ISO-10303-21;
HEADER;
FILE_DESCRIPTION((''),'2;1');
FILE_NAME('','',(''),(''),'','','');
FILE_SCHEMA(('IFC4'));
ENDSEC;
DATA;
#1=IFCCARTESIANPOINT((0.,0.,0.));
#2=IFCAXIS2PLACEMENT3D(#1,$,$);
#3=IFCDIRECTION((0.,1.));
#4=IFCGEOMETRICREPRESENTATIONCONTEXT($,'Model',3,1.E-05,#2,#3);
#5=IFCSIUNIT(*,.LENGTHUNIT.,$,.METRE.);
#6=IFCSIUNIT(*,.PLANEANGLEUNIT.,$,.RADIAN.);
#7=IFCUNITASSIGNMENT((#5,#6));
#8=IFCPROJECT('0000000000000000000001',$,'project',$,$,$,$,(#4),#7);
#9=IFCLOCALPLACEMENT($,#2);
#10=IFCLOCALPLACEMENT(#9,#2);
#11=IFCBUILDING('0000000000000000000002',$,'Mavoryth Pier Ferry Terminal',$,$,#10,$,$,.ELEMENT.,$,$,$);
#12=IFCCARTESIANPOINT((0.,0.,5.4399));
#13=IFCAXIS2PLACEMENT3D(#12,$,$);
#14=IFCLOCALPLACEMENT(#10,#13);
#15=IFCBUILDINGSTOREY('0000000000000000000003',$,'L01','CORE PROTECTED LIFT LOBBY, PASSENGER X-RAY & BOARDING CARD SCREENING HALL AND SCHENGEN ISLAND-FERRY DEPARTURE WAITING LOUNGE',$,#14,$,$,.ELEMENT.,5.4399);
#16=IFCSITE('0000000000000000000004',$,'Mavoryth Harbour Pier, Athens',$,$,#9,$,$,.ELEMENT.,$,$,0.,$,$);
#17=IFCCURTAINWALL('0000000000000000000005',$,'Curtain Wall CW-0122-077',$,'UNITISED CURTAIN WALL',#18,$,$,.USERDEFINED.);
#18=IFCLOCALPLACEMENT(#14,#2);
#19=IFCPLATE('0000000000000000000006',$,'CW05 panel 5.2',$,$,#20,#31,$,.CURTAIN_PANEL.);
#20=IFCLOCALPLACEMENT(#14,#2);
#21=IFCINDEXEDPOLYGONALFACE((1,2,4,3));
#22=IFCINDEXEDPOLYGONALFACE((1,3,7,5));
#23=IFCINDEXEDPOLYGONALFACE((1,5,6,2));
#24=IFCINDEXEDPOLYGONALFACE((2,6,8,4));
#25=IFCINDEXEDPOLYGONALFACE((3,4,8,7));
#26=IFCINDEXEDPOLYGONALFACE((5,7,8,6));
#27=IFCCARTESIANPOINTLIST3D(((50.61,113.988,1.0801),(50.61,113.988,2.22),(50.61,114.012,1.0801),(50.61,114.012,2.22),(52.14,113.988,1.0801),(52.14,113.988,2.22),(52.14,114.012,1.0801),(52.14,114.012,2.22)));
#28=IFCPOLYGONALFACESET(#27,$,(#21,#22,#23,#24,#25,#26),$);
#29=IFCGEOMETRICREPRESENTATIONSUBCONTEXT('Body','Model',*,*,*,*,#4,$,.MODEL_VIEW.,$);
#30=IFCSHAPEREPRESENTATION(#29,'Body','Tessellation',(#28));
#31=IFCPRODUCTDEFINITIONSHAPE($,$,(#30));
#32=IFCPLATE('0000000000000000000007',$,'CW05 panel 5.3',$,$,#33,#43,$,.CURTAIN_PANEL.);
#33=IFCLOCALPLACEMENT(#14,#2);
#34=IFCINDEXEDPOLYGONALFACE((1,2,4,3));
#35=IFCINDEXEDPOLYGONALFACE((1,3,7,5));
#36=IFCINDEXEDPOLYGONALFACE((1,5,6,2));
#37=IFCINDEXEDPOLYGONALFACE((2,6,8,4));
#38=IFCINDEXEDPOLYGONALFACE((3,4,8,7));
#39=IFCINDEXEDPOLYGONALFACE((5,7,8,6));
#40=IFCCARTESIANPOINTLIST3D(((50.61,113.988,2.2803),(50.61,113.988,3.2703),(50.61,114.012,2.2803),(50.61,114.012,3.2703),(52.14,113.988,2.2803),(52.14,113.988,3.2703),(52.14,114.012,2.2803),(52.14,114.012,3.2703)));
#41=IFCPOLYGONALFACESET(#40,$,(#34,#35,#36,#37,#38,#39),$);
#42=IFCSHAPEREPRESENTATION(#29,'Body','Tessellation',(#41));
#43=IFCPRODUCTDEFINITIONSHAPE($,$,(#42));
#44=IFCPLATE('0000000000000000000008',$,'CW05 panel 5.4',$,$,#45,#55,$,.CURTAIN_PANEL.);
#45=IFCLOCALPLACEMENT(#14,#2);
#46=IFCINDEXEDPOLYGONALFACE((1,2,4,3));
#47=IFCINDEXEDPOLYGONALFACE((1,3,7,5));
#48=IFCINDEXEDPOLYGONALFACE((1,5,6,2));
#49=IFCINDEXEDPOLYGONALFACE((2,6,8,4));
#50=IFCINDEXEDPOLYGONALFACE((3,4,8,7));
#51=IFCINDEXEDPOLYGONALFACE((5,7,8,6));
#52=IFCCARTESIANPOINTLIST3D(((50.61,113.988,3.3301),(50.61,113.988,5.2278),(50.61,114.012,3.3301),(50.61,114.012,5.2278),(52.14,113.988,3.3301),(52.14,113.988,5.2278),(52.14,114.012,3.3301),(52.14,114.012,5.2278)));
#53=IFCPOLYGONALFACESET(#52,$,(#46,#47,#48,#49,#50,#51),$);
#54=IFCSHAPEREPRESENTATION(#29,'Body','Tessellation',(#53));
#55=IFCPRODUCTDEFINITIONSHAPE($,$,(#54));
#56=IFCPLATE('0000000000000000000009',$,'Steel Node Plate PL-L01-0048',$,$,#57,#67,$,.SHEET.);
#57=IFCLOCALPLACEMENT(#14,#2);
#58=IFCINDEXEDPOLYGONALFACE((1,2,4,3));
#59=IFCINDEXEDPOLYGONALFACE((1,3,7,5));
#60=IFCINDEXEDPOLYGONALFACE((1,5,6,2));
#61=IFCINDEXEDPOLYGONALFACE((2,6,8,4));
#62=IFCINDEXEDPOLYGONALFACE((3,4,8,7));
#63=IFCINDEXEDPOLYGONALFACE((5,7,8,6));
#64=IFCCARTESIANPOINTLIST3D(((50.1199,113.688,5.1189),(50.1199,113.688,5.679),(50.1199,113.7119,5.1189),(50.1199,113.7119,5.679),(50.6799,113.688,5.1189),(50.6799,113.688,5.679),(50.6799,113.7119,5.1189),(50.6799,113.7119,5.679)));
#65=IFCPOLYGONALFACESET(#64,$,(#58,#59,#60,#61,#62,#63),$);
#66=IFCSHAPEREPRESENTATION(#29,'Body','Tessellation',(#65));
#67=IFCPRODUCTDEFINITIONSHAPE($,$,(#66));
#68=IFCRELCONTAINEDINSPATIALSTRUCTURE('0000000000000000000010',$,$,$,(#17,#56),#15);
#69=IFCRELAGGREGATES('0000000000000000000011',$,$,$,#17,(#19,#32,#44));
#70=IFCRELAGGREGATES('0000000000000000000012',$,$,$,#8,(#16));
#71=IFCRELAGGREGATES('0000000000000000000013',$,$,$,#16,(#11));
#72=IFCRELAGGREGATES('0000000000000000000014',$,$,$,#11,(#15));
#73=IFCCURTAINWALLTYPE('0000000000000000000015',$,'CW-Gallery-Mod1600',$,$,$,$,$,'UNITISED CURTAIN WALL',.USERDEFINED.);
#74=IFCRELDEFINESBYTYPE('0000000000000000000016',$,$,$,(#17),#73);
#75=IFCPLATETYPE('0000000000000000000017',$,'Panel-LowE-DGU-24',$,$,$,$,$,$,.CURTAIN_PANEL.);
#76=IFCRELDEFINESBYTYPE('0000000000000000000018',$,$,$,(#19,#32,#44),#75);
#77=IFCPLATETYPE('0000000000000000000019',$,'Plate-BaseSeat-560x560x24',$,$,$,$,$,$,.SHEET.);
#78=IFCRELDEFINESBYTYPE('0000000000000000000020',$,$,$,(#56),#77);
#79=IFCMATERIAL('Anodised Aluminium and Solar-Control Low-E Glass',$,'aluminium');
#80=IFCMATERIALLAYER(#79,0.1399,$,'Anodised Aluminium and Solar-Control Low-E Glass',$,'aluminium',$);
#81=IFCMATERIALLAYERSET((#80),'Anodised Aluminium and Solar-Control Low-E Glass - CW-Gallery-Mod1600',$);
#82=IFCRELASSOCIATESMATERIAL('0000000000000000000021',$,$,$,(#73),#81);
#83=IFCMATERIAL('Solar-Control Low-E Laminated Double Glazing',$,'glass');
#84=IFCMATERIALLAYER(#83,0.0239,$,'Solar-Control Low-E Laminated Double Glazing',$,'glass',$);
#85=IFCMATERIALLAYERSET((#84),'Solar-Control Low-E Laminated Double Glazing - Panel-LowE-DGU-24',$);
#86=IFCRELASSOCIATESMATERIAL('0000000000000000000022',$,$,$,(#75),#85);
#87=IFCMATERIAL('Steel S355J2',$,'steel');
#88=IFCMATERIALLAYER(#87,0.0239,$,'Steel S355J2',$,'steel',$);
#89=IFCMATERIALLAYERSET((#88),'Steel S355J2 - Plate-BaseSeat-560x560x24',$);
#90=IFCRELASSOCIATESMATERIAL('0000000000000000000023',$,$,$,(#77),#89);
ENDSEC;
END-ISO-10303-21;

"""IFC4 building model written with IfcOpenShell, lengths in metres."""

from ifc_helpers import new_model, si_unit, direction, frame, origin, origin_2d, place, context, subcontext, project, spatial, rectangle, extrude, material, layer, layer_set, type_object, element, aggregate, save


model = new_model("IFC4")

# Units and contexts
model_context = context("Model", 3, precision=1e-05, world=origin(), true_north=direction((0.0, 1.0)))
body_context = subcontext(model_context, "Body", "Model", "MODEL_VIEW")
ifc_project = project(units=[si_unit("LENGTHUNIT", "METRE"), si_unit("PLANEANGLEUNIT", "RADIAN")], contexts=[model_context])

# Site, building, storey
site_placement = place(None, origin())
site = spatial("IfcSite", under=ifc_project, at=site_placement, Name="Mavoryth Harbour Pier, Athens", CompositionType="ELEMENT", RefElevation=0.0)
building_placement = place(site_placement, origin())
building = spatial("IfcBuilding", under=site, at=building_placement, Name="Mavoryth Pier Ferry Terminal", CompositionType="ELEMENT")
storey_placement = place(building_placement, frame((0.0, 0.0, 5.4399)))
storey = spatial("IfcBuildingStorey", under=building, at=storey_placement, Name="L01", Description="CORE PROTECTED LIFT LOBBY, PASSENGER X-RAY & BOARDING CARD SCREENING HALL AND SCHENGEN ISLAND-FERRY DEPARTURE WAITING LOUNGE", CompositionType="ELEMENT", Elevation=5.4399)

# Shared definitions
ifc_material_1 = material(Name="Steel S355J2", Category="steel")

# Curtain wall
ifc_material_2 = material(Name="Anodised Aluminium and Solar-Control Low-E Glass", Category="aluminium")
ifc_layer_1 = layer(ifc_material_2, 0.1399, Name="Anodised Aluminium and Solar-Control Low-E Glass", Category="aluminium")
ifc_layer_set_1 = layer_set([ifc_layer_1], Name="Anodised Aluminium and Solar-Control Low-E Glass - CW-Gallery-Mod1600")
curtain_wall_type = type_object("IfcCurtainWallType", Name="CW-Gallery-Mod1600", ElementType="UNITISED CURTAIN WALL", PredefinedType="USERDEFINED", material=ifc_layer_set_1)
curtain_wall_1_placement = place(storey_placement, origin())
curtain_wall_1 = element("IfcCurtainWall", 1, at=curtain_wall_1_placement, inside=storey, type_object=curtain_wall_type, Name="Curtain Wall CW-0122-077", ObjectType="UNITISED CURTAIN WALL", PredefinedType="USERDEFINED")

# Plates
ifc_material_3 = material(Name="Solar-Control Low-E Laminated Double Glazing", Category="glass")
ifc_layer_2 = layer(ifc_material_3, 0.0239, Name="Solar-Control Low-E Laminated Double Glazing", Category="glass")
ifc_layer_set_2 = layer_set([ifc_layer_2], Name="Solar-Control Low-E Laminated Double Glazing - Panel-LowE-DGU-24")
plate_type_1 = type_object("IfcPlateType", Name="Panel-LowE-DGU-24", PredefinedType="CURTAIN_PANEL", material=ifc_layer_set_2)
plate_1_placement = place(storey_placement, frame((51.375, 114.0, 1.0801), z_axis=(0.0, 0.0, 1.0), x_axis=(-1.0, 0.0, 0.0)))
plate_1 = element("IfcPlate", 2, at=plate_1_placement, type_object=plate_type_1, Name="CW05 panel 5.2", PredefinedType="CURTAIN_PANEL", context=body_context, shape_type="SweptSolid", body=[
    extrude(rectangle(XDim=1.53, YDim=0.0239, at=origin_2d()), origin(), (0.0, 0.0, 1.0), 1.1399),
])
plate_2_placement = place(storey_placement, frame((51.375, 114.0, 2.2803), z_axis=(0.0, 0.0, 1.0), x_axis=(-1.0, 0.0, 0.0)))
plate_2 = element("IfcPlate", 3, at=plate_2_placement, type_object=plate_type_1, Name="CW05 panel 5.3", PredefinedType="CURTAIN_PANEL", context=body_context, shape_type="SweptSolid", body=[
    extrude(rectangle(XDim=1.53, YDim=0.0239, at=origin_2d()), origin(), (0.0, 0.0, 1.0), 0.99),
])
plate_3_placement = place(storey_placement, frame((51.375, 114.0, 3.3301), z_axis=(0.0, 0.0, 1.0), x_axis=(-1.0, 0.0, 0.0)))
plate_3 = element("IfcPlate", 4, at=plate_3_placement, type_object=plate_type_1, Name="CW05 panel 5.4", PredefinedType="CURTAIN_PANEL", context=body_context, shape_type="SweptSolid", body=[
    extrude(rectangle(XDim=1.53, YDim=0.0239, at=origin_2d()), origin(), (0.0, 0.0, 1.0), 1.8977),
])
aggregate(curtain_wall_1, [plate_1, plate_2, plate_3])
ifc_layer_3 = layer(ifc_material_1, 0.0239, Name="Steel S355J2", Category="steel")
ifc_layer_set_3 = layer_set([ifc_layer_3], Name="Steel S355J2 - Plate-BaseSeat-560x560x24")
plate_type_2 = type_object("IfcPlateType", Name="Plate-BaseSeat-560x560x24", PredefinedType="SHEET", material=ifc_layer_set_3)
plate_4_placement = place(storey_placement, frame((50.3999, 113.7, 5.1189), z_axis=(0.0, 0.0, 1.0), x_axis=(1.0, 0.0, 0.0)))
element("IfcPlate", 5, at=plate_4_placement, inside=storey, type_object=plate_type_2, Name="Steel Node Plate PL-L01-0048", PredefinedType="SHEET", context=body_context, shape_type="SweptSolid", body=[
    extrude(rectangle(XDim=0.5601, YDim=0.0239, at=origin_2d()), origin(), (0.0, 0.0, 1.0), 0.5601),
])

save(model, "model.ifc")
